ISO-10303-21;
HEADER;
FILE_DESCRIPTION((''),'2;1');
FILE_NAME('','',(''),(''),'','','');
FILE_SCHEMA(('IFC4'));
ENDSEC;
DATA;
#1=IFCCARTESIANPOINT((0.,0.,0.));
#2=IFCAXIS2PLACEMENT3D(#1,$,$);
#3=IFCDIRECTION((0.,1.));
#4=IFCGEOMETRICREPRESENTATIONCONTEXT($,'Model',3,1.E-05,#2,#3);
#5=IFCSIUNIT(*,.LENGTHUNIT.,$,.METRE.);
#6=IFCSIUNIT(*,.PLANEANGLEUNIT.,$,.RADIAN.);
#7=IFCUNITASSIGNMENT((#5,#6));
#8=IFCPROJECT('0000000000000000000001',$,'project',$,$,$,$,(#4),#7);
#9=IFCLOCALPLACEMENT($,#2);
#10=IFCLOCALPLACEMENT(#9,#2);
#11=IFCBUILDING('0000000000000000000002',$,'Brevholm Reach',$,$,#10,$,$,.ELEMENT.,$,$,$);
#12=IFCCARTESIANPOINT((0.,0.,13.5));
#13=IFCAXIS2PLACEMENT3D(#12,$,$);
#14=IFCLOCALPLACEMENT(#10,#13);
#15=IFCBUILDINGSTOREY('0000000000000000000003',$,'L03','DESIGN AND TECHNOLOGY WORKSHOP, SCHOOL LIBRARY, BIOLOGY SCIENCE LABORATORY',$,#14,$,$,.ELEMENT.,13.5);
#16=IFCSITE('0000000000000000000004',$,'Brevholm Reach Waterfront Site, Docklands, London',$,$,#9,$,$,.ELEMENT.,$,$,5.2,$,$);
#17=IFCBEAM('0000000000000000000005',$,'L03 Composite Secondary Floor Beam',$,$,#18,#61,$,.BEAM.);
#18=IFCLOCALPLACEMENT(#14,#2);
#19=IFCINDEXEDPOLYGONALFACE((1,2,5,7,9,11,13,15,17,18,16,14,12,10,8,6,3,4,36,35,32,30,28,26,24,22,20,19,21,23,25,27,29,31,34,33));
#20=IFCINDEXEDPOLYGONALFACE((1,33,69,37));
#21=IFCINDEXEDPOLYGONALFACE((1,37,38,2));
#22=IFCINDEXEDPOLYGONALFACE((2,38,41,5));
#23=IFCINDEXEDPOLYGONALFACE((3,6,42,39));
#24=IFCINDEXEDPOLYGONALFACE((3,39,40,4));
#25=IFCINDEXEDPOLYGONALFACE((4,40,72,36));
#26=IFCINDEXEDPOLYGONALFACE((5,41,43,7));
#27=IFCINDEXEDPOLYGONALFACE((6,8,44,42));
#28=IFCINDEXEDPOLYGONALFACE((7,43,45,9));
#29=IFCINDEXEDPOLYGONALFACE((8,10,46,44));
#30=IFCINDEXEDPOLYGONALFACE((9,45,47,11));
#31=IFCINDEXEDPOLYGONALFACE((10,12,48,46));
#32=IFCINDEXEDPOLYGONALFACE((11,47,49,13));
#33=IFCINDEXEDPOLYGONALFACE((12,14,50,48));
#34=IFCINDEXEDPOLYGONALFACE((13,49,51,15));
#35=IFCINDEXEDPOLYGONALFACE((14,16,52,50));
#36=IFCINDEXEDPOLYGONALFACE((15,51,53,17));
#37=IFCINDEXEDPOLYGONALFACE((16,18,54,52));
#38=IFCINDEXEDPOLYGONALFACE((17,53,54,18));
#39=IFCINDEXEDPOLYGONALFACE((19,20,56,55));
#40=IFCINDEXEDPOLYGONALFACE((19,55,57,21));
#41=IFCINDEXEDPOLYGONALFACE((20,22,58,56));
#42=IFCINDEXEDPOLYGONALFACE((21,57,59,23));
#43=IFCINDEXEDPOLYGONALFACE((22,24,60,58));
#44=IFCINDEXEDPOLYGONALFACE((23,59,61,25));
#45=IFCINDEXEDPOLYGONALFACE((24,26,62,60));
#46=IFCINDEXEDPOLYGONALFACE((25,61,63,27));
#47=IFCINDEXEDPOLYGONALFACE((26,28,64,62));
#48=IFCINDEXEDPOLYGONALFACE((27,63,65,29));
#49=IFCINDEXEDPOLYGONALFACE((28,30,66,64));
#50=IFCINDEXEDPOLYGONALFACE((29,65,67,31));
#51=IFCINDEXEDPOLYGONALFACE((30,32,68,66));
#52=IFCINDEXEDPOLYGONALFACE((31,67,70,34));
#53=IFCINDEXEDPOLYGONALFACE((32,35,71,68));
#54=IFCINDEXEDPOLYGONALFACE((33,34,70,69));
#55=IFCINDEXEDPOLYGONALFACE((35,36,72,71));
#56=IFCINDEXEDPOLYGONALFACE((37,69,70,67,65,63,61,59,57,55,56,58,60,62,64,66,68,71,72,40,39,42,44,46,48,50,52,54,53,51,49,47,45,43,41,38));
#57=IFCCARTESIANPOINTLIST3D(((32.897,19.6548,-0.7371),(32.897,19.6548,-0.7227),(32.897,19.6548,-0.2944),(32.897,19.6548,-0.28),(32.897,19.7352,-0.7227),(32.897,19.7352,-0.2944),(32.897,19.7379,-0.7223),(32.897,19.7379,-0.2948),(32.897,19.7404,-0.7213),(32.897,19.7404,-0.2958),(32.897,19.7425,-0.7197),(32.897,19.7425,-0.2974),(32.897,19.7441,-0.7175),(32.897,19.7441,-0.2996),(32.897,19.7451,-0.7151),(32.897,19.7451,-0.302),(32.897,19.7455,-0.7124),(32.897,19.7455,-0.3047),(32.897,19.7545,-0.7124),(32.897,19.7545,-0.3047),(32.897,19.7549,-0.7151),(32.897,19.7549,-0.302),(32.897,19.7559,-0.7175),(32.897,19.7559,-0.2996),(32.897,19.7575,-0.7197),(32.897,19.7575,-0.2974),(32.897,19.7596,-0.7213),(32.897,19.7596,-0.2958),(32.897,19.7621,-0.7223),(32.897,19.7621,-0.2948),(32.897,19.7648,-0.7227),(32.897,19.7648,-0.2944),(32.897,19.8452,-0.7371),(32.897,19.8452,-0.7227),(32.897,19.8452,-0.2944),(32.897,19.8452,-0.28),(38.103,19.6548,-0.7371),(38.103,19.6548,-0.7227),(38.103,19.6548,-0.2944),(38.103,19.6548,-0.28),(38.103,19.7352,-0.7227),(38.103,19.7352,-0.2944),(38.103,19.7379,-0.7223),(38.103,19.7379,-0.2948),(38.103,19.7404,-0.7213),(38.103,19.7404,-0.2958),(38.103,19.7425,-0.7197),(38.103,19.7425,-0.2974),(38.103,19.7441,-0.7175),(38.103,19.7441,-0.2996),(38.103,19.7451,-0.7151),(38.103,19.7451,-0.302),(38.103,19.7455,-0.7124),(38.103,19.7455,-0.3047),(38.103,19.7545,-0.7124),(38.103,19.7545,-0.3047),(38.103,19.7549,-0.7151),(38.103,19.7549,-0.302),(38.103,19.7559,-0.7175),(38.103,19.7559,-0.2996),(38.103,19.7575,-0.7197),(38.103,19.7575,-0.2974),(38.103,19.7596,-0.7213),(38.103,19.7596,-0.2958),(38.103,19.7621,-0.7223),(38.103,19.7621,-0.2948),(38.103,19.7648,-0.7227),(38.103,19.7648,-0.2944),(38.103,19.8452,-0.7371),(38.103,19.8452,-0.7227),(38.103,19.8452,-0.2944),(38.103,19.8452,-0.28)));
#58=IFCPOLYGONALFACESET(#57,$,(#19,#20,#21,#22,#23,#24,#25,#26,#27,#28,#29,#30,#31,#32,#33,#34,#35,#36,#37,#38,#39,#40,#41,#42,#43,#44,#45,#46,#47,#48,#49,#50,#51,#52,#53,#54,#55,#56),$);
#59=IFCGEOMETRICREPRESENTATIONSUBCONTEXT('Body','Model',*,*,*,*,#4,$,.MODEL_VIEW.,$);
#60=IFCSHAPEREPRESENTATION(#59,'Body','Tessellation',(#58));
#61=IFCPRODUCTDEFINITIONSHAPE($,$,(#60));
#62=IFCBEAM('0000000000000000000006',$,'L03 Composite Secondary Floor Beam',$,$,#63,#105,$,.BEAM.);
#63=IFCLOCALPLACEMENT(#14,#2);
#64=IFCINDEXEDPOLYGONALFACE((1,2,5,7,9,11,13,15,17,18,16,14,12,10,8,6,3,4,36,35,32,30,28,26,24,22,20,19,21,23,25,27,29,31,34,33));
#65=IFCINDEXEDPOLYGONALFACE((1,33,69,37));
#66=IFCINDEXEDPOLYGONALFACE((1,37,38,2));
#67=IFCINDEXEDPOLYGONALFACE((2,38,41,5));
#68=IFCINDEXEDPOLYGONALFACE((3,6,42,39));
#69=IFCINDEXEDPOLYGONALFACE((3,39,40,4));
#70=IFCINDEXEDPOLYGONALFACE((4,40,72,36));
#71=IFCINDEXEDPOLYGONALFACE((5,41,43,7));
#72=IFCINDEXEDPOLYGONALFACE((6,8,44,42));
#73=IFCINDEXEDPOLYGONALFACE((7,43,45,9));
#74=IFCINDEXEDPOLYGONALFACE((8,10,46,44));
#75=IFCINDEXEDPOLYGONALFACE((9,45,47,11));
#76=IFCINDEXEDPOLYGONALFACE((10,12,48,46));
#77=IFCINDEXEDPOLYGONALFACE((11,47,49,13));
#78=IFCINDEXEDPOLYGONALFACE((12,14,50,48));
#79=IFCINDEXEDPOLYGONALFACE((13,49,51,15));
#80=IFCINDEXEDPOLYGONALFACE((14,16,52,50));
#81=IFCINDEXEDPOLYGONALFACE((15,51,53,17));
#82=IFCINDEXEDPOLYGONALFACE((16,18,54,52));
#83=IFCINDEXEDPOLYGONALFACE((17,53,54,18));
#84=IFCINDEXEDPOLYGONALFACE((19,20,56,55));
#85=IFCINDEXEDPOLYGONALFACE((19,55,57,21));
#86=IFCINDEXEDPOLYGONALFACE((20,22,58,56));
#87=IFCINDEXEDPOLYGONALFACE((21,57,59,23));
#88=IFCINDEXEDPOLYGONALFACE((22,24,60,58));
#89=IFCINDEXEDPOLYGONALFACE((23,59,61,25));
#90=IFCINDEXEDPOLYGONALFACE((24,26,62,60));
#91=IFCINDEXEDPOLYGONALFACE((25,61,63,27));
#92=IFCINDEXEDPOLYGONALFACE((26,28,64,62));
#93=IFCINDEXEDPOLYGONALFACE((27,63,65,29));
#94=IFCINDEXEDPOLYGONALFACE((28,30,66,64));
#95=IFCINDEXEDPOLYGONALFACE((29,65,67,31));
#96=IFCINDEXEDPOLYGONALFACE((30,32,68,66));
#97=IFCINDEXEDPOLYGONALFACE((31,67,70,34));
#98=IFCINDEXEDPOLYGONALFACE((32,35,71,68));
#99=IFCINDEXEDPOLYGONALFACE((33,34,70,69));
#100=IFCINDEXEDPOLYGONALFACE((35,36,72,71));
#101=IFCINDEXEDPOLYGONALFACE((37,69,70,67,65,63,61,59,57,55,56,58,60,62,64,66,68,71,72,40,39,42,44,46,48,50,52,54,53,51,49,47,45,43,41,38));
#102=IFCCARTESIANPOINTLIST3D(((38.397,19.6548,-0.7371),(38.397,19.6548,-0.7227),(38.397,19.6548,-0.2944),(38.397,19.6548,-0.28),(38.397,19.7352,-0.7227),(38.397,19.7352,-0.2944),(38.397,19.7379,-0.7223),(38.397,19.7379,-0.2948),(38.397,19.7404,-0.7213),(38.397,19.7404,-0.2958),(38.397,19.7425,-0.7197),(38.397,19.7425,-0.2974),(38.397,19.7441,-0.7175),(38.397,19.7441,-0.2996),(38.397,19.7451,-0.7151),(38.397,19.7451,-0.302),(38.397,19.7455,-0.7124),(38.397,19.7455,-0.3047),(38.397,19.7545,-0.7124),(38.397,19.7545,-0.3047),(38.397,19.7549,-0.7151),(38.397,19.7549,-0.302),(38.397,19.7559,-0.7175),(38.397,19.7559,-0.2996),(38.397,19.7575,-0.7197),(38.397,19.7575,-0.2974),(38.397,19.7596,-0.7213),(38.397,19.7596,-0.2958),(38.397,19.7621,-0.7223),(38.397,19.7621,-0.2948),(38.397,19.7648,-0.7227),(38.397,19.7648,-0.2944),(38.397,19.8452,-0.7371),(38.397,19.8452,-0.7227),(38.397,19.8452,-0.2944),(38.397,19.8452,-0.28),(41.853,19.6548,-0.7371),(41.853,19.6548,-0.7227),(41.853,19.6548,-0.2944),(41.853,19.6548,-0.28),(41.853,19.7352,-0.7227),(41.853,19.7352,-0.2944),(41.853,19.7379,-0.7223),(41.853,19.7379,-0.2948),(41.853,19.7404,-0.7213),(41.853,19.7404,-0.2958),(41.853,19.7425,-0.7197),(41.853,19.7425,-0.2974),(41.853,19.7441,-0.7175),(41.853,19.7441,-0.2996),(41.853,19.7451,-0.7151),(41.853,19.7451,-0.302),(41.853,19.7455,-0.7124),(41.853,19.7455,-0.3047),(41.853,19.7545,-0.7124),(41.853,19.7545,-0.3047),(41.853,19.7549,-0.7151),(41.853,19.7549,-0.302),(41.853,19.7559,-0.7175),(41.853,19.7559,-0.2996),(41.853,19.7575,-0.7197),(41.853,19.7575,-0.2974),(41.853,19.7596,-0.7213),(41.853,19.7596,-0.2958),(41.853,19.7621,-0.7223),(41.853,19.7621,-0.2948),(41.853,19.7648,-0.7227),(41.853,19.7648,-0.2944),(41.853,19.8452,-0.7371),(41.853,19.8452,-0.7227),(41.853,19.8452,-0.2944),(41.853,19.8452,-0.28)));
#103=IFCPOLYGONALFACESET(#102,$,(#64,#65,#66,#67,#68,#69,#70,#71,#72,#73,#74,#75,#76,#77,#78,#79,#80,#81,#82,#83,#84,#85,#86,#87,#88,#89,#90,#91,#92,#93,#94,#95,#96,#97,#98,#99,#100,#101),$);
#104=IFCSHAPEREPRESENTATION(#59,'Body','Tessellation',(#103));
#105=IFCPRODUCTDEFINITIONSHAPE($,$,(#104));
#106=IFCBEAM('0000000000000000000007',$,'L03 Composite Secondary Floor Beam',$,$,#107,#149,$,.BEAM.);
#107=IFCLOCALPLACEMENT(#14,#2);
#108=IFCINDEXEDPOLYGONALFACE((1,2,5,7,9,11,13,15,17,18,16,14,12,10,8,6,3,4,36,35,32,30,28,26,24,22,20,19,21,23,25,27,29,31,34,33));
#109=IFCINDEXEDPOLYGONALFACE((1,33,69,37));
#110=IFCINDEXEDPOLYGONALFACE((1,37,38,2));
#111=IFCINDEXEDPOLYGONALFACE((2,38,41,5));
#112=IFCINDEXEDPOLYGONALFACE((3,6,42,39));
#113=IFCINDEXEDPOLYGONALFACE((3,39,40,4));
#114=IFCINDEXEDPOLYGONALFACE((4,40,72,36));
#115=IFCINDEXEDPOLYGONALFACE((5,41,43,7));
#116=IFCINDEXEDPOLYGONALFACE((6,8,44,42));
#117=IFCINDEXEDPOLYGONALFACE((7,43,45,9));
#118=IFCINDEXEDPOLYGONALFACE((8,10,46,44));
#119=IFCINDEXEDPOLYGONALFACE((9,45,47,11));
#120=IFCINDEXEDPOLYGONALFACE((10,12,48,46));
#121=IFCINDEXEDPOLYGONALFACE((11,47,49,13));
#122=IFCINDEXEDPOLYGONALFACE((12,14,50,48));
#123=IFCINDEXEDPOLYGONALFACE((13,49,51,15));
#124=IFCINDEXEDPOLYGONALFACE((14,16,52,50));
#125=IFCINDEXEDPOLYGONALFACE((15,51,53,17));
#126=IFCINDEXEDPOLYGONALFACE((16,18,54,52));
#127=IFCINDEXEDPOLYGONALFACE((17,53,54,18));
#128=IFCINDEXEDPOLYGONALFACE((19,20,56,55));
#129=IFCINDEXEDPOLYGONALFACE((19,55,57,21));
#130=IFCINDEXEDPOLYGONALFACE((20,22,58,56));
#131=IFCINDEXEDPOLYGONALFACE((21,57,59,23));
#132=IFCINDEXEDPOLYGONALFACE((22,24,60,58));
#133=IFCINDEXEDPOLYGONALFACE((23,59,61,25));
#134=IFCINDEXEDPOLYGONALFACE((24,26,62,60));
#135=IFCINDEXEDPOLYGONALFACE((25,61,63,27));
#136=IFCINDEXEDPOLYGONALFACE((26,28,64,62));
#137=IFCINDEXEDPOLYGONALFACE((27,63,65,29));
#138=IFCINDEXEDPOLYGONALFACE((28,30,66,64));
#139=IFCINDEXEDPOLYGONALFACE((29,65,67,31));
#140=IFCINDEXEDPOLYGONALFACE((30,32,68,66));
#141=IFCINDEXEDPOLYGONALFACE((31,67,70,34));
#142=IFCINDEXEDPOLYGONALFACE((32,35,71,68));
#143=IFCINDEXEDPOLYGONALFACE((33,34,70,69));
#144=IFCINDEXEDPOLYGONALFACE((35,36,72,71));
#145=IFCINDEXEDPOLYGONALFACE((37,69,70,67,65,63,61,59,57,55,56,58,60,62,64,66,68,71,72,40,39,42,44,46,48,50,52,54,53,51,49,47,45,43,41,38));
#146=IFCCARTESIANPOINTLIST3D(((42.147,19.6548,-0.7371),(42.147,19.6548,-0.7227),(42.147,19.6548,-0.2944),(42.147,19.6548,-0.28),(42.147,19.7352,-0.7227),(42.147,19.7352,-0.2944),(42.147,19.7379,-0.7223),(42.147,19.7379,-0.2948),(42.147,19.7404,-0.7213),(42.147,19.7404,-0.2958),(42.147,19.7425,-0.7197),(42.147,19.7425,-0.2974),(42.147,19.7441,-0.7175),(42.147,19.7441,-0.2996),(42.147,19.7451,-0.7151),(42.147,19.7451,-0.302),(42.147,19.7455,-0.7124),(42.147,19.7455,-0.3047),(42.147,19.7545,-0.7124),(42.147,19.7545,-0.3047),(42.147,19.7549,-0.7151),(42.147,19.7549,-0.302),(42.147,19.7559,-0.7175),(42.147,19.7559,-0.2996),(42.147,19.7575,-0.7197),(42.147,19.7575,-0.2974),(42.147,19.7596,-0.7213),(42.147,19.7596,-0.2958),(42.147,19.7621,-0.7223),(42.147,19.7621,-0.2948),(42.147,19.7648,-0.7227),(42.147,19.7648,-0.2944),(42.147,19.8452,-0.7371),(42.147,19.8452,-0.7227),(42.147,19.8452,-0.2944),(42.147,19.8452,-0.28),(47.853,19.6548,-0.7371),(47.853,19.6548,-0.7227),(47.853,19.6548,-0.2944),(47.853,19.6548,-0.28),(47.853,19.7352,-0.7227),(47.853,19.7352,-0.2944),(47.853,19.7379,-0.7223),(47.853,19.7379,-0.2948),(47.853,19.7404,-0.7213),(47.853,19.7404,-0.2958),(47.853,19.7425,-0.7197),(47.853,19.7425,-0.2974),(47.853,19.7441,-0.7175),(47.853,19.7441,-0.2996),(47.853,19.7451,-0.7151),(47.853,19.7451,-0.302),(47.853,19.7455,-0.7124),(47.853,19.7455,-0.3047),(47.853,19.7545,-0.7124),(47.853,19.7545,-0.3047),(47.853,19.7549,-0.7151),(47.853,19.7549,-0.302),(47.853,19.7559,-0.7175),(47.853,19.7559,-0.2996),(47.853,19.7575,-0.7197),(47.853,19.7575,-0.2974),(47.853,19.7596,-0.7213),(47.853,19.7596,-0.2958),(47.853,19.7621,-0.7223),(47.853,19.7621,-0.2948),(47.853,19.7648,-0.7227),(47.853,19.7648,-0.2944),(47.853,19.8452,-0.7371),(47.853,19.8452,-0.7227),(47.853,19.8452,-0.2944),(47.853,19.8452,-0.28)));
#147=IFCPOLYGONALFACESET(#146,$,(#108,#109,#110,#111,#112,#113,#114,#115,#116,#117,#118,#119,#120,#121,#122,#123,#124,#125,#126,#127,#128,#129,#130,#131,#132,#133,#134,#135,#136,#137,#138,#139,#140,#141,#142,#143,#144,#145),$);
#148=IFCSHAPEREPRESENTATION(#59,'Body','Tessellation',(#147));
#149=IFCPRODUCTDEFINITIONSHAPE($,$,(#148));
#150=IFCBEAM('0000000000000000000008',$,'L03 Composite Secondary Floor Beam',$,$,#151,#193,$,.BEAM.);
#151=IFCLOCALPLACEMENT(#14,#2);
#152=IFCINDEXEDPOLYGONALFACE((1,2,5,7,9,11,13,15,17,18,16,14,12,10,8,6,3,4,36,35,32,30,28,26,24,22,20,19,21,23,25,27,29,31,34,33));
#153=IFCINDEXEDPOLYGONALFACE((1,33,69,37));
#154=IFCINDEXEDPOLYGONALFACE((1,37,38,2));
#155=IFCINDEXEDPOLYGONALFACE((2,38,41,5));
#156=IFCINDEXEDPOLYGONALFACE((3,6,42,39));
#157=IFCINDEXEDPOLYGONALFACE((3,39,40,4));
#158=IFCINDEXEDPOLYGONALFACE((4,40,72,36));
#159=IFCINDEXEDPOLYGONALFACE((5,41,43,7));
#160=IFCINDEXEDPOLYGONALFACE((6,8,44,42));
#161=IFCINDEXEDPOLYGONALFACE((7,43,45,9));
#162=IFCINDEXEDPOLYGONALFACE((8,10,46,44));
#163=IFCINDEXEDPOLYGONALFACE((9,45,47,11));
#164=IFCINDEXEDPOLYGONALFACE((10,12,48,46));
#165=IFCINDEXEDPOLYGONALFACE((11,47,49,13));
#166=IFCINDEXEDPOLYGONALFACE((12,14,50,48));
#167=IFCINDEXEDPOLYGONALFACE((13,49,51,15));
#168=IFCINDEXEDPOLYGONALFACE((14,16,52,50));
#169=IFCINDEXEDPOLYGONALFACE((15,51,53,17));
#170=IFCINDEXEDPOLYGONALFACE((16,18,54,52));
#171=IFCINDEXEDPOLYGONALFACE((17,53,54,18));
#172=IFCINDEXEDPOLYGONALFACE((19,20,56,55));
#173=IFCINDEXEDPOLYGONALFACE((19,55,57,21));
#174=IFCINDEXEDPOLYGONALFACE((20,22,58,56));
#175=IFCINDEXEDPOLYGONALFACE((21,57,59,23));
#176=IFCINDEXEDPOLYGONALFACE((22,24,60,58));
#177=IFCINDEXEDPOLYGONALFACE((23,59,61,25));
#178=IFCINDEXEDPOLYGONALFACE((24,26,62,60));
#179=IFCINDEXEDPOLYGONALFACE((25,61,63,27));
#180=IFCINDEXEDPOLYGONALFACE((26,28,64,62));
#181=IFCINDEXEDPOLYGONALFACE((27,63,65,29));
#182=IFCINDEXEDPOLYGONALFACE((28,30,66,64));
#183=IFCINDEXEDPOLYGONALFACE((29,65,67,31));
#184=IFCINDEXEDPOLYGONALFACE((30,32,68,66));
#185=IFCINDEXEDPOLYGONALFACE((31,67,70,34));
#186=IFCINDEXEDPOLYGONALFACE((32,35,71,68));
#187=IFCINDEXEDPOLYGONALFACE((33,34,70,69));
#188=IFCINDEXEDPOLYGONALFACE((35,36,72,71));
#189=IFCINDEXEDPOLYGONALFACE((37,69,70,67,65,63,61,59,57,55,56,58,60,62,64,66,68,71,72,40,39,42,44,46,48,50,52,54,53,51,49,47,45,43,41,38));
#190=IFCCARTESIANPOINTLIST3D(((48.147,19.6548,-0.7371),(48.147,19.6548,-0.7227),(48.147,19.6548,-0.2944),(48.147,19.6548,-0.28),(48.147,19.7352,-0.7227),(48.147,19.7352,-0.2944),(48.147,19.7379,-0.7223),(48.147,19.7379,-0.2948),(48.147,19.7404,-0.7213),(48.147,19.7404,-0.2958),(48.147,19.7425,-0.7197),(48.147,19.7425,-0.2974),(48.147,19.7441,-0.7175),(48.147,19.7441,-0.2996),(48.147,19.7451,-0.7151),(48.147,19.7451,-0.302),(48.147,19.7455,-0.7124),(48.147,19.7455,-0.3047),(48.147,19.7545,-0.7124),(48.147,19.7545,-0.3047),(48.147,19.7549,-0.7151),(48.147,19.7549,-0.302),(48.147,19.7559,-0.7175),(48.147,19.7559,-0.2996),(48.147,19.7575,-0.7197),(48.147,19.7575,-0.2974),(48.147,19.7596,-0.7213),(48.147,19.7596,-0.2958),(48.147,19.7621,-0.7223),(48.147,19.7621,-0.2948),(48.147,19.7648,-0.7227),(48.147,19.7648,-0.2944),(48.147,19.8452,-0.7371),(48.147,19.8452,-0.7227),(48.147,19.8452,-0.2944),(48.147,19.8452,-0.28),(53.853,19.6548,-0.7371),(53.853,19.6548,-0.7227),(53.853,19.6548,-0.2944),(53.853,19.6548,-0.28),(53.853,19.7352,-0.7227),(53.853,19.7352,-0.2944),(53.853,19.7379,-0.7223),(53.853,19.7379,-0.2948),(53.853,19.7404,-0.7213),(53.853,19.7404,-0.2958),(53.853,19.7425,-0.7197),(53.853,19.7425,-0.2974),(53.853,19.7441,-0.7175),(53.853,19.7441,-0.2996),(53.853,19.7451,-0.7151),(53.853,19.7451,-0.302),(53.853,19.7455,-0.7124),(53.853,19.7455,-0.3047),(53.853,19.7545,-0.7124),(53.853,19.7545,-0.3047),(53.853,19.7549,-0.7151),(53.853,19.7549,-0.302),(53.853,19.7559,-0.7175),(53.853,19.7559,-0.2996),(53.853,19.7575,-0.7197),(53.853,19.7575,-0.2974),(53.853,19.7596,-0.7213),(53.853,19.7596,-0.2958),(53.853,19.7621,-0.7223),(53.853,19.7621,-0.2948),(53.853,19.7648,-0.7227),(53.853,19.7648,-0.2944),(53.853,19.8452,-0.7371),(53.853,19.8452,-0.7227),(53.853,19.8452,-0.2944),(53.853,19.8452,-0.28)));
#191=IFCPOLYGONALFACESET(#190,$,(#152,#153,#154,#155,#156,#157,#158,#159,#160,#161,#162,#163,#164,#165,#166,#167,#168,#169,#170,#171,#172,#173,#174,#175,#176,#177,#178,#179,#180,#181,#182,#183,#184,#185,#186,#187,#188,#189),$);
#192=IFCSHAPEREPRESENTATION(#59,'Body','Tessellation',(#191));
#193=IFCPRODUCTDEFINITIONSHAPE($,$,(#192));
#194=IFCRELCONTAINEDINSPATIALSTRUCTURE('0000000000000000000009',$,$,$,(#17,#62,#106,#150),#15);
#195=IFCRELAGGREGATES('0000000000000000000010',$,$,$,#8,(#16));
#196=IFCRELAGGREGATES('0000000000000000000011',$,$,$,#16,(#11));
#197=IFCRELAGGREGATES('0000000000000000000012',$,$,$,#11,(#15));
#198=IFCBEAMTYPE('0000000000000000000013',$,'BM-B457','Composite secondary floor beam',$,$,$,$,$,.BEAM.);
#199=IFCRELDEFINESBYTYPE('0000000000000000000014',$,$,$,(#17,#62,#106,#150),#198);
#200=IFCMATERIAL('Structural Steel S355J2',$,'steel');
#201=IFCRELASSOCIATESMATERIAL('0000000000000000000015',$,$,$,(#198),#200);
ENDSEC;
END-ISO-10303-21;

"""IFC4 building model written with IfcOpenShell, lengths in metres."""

from ifc_helpers import new_model, si_unit, direction, frame, origin, origin_2d, place, context, subcontext, project, spatial, i_section, extrude, material, material_profile, profile_set, type_object, element, save


model = new_model("IFC4")

# Units and contexts
model_context = context("Model", 3, precision=1e-05, world=origin(), true_north=direction((0.0, 1.0)))
body_context = subcontext(model_context, "Body", "Model", "MODEL_VIEW")
ifc_project = project(units=[si_unit("LENGTHUNIT", "METRE"), si_unit("PLANEANGLEUNIT", "RADIAN")], contexts=[model_context])

# Site, building, storey
site_placement = place(None, origin())
site = spatial("IfcSite", under=ifc_project, at=site_placement, Name="Brevholm Reach Waterfront Site, Docklands, London", CompositionType="ELEMENT", RefElevation=5.2)
building_placement = place(site_placement, origin())
building = spatial("IfcBuilding", under=site, at=building_placement, Name="Brevholm Reach", CompositionType="ELEMENT")
storey_placement = place(building_placement, frame((0.0, 0.0, 13.5)))
storey = spatial("IfcBuildingStorey", under=building, at=storey_placement, Name="L03", Description="DESIGN AND TECHNOLOGY WORKSHOP, SCHOOL LIBRARY, BIOLOGY SCIENCE LABORATORY", CompositionType="ELEMENT", Elevation=13.5)

# Beams
ifc_material_1 = material(Name="Structural Steel S355J2", Category="steel")
ifc_material_profile_1 = material_profile(ifc_material_1, i_section(OverallWidth=0.1904, OverallDepth=0.457, WebThickness=0.009, FlangeThickness=0.0144, FilletRadius=0.0103, at=origin_2d()), Name="UKB 457x191x74")
ifc_profile_set_1 = profile_set([ifc_material_profile_1], Name="Structural Steel S355J2")
beam_type_1 = type_object("IfcBeamType", Name="BM-B457", Description="Composite secondary floor beam", PredefinedType="BEAM", material=ifc_profile_set_1)
beam_1_placement = place(storey_placement, frame((32.897, 19.75, -0.5085), z_axis=(1.0, 0.0, 0.0), x_axis=(0.0, 1.0, 0.0)))
element("IfcBeam", 1, at=beam_1_placement, inside=storey, type_object=beam_type_1, Name="L03 Composite Secondary Floor Beam", PredefinedType="BEAM", context=body_context, shape_type="SweptSolid", body=[
    extrude(i_section(OverallWidth=0.1904, OverallDepth=0.457, WebThickness=0.009, FlangeThickness=0.0144, FilletRadius=0.0103, at=origin_2d()), origin(), (0.0, 0.0, 1.0), 5.2061),
])
beam_2_placement = place(storey_placement, frame((38.397, 19.75, -0.5085), z_axis=(1.0, 0.0, 0.0), x_axis=(0.0, 1.0, 0.0)))
element("IfcBeam", 2, at=beam_2_placement, inside=storey, type_object=beam_type_1, Name="L03 Composite Secondary Floor Beam", PredefinedType="BEAM", context=body_context, shape_type="SweptSolid", body=[
    extrude(i_section(OverallWidth=0.1904, OverallDepth=0.457, WebThickness=0.009, FlangeThickness=0.0144, FilletRadius=0.0103, at=origin_2d()), origin(), (0.0, 0.0, 1.0), 3.4561),
])
for number, where, z_axis, x_axis, name in (
    (3, (42.147, 19.75, -0.5085), (1.0, 0.0, 0.0), (0.0, 1.0, 0.0), "L03 Composite Secondary Floor Beam"),
    (4, (48.147, 19.75, -0.5085), (1.0, 0.0, 0.0), (0.0, 1.0, 0.0), "L03 Composite Secondary Floor Beam"),
):
    element("IfcBeam", number, at=place(storey_placement, frame(where, z_axis=z_axis, x_axis=x_axis)), inside=storey, type_object=beam_type_1, Name=name, PredefinedType="BEAM", context=body_context, shape_type="SweptSolid", body=[
        extrude(i_section(OverallWidth=0.1904, OverallDepth=0.457, WebThickness=0.009, FlangeThickness=0.0144, FilletRadius=0.0103, at=origin_2d()), origin(), (0.0, 0.0, 1.0), 5.7061),
    ])

save(model, "model.ifc")
